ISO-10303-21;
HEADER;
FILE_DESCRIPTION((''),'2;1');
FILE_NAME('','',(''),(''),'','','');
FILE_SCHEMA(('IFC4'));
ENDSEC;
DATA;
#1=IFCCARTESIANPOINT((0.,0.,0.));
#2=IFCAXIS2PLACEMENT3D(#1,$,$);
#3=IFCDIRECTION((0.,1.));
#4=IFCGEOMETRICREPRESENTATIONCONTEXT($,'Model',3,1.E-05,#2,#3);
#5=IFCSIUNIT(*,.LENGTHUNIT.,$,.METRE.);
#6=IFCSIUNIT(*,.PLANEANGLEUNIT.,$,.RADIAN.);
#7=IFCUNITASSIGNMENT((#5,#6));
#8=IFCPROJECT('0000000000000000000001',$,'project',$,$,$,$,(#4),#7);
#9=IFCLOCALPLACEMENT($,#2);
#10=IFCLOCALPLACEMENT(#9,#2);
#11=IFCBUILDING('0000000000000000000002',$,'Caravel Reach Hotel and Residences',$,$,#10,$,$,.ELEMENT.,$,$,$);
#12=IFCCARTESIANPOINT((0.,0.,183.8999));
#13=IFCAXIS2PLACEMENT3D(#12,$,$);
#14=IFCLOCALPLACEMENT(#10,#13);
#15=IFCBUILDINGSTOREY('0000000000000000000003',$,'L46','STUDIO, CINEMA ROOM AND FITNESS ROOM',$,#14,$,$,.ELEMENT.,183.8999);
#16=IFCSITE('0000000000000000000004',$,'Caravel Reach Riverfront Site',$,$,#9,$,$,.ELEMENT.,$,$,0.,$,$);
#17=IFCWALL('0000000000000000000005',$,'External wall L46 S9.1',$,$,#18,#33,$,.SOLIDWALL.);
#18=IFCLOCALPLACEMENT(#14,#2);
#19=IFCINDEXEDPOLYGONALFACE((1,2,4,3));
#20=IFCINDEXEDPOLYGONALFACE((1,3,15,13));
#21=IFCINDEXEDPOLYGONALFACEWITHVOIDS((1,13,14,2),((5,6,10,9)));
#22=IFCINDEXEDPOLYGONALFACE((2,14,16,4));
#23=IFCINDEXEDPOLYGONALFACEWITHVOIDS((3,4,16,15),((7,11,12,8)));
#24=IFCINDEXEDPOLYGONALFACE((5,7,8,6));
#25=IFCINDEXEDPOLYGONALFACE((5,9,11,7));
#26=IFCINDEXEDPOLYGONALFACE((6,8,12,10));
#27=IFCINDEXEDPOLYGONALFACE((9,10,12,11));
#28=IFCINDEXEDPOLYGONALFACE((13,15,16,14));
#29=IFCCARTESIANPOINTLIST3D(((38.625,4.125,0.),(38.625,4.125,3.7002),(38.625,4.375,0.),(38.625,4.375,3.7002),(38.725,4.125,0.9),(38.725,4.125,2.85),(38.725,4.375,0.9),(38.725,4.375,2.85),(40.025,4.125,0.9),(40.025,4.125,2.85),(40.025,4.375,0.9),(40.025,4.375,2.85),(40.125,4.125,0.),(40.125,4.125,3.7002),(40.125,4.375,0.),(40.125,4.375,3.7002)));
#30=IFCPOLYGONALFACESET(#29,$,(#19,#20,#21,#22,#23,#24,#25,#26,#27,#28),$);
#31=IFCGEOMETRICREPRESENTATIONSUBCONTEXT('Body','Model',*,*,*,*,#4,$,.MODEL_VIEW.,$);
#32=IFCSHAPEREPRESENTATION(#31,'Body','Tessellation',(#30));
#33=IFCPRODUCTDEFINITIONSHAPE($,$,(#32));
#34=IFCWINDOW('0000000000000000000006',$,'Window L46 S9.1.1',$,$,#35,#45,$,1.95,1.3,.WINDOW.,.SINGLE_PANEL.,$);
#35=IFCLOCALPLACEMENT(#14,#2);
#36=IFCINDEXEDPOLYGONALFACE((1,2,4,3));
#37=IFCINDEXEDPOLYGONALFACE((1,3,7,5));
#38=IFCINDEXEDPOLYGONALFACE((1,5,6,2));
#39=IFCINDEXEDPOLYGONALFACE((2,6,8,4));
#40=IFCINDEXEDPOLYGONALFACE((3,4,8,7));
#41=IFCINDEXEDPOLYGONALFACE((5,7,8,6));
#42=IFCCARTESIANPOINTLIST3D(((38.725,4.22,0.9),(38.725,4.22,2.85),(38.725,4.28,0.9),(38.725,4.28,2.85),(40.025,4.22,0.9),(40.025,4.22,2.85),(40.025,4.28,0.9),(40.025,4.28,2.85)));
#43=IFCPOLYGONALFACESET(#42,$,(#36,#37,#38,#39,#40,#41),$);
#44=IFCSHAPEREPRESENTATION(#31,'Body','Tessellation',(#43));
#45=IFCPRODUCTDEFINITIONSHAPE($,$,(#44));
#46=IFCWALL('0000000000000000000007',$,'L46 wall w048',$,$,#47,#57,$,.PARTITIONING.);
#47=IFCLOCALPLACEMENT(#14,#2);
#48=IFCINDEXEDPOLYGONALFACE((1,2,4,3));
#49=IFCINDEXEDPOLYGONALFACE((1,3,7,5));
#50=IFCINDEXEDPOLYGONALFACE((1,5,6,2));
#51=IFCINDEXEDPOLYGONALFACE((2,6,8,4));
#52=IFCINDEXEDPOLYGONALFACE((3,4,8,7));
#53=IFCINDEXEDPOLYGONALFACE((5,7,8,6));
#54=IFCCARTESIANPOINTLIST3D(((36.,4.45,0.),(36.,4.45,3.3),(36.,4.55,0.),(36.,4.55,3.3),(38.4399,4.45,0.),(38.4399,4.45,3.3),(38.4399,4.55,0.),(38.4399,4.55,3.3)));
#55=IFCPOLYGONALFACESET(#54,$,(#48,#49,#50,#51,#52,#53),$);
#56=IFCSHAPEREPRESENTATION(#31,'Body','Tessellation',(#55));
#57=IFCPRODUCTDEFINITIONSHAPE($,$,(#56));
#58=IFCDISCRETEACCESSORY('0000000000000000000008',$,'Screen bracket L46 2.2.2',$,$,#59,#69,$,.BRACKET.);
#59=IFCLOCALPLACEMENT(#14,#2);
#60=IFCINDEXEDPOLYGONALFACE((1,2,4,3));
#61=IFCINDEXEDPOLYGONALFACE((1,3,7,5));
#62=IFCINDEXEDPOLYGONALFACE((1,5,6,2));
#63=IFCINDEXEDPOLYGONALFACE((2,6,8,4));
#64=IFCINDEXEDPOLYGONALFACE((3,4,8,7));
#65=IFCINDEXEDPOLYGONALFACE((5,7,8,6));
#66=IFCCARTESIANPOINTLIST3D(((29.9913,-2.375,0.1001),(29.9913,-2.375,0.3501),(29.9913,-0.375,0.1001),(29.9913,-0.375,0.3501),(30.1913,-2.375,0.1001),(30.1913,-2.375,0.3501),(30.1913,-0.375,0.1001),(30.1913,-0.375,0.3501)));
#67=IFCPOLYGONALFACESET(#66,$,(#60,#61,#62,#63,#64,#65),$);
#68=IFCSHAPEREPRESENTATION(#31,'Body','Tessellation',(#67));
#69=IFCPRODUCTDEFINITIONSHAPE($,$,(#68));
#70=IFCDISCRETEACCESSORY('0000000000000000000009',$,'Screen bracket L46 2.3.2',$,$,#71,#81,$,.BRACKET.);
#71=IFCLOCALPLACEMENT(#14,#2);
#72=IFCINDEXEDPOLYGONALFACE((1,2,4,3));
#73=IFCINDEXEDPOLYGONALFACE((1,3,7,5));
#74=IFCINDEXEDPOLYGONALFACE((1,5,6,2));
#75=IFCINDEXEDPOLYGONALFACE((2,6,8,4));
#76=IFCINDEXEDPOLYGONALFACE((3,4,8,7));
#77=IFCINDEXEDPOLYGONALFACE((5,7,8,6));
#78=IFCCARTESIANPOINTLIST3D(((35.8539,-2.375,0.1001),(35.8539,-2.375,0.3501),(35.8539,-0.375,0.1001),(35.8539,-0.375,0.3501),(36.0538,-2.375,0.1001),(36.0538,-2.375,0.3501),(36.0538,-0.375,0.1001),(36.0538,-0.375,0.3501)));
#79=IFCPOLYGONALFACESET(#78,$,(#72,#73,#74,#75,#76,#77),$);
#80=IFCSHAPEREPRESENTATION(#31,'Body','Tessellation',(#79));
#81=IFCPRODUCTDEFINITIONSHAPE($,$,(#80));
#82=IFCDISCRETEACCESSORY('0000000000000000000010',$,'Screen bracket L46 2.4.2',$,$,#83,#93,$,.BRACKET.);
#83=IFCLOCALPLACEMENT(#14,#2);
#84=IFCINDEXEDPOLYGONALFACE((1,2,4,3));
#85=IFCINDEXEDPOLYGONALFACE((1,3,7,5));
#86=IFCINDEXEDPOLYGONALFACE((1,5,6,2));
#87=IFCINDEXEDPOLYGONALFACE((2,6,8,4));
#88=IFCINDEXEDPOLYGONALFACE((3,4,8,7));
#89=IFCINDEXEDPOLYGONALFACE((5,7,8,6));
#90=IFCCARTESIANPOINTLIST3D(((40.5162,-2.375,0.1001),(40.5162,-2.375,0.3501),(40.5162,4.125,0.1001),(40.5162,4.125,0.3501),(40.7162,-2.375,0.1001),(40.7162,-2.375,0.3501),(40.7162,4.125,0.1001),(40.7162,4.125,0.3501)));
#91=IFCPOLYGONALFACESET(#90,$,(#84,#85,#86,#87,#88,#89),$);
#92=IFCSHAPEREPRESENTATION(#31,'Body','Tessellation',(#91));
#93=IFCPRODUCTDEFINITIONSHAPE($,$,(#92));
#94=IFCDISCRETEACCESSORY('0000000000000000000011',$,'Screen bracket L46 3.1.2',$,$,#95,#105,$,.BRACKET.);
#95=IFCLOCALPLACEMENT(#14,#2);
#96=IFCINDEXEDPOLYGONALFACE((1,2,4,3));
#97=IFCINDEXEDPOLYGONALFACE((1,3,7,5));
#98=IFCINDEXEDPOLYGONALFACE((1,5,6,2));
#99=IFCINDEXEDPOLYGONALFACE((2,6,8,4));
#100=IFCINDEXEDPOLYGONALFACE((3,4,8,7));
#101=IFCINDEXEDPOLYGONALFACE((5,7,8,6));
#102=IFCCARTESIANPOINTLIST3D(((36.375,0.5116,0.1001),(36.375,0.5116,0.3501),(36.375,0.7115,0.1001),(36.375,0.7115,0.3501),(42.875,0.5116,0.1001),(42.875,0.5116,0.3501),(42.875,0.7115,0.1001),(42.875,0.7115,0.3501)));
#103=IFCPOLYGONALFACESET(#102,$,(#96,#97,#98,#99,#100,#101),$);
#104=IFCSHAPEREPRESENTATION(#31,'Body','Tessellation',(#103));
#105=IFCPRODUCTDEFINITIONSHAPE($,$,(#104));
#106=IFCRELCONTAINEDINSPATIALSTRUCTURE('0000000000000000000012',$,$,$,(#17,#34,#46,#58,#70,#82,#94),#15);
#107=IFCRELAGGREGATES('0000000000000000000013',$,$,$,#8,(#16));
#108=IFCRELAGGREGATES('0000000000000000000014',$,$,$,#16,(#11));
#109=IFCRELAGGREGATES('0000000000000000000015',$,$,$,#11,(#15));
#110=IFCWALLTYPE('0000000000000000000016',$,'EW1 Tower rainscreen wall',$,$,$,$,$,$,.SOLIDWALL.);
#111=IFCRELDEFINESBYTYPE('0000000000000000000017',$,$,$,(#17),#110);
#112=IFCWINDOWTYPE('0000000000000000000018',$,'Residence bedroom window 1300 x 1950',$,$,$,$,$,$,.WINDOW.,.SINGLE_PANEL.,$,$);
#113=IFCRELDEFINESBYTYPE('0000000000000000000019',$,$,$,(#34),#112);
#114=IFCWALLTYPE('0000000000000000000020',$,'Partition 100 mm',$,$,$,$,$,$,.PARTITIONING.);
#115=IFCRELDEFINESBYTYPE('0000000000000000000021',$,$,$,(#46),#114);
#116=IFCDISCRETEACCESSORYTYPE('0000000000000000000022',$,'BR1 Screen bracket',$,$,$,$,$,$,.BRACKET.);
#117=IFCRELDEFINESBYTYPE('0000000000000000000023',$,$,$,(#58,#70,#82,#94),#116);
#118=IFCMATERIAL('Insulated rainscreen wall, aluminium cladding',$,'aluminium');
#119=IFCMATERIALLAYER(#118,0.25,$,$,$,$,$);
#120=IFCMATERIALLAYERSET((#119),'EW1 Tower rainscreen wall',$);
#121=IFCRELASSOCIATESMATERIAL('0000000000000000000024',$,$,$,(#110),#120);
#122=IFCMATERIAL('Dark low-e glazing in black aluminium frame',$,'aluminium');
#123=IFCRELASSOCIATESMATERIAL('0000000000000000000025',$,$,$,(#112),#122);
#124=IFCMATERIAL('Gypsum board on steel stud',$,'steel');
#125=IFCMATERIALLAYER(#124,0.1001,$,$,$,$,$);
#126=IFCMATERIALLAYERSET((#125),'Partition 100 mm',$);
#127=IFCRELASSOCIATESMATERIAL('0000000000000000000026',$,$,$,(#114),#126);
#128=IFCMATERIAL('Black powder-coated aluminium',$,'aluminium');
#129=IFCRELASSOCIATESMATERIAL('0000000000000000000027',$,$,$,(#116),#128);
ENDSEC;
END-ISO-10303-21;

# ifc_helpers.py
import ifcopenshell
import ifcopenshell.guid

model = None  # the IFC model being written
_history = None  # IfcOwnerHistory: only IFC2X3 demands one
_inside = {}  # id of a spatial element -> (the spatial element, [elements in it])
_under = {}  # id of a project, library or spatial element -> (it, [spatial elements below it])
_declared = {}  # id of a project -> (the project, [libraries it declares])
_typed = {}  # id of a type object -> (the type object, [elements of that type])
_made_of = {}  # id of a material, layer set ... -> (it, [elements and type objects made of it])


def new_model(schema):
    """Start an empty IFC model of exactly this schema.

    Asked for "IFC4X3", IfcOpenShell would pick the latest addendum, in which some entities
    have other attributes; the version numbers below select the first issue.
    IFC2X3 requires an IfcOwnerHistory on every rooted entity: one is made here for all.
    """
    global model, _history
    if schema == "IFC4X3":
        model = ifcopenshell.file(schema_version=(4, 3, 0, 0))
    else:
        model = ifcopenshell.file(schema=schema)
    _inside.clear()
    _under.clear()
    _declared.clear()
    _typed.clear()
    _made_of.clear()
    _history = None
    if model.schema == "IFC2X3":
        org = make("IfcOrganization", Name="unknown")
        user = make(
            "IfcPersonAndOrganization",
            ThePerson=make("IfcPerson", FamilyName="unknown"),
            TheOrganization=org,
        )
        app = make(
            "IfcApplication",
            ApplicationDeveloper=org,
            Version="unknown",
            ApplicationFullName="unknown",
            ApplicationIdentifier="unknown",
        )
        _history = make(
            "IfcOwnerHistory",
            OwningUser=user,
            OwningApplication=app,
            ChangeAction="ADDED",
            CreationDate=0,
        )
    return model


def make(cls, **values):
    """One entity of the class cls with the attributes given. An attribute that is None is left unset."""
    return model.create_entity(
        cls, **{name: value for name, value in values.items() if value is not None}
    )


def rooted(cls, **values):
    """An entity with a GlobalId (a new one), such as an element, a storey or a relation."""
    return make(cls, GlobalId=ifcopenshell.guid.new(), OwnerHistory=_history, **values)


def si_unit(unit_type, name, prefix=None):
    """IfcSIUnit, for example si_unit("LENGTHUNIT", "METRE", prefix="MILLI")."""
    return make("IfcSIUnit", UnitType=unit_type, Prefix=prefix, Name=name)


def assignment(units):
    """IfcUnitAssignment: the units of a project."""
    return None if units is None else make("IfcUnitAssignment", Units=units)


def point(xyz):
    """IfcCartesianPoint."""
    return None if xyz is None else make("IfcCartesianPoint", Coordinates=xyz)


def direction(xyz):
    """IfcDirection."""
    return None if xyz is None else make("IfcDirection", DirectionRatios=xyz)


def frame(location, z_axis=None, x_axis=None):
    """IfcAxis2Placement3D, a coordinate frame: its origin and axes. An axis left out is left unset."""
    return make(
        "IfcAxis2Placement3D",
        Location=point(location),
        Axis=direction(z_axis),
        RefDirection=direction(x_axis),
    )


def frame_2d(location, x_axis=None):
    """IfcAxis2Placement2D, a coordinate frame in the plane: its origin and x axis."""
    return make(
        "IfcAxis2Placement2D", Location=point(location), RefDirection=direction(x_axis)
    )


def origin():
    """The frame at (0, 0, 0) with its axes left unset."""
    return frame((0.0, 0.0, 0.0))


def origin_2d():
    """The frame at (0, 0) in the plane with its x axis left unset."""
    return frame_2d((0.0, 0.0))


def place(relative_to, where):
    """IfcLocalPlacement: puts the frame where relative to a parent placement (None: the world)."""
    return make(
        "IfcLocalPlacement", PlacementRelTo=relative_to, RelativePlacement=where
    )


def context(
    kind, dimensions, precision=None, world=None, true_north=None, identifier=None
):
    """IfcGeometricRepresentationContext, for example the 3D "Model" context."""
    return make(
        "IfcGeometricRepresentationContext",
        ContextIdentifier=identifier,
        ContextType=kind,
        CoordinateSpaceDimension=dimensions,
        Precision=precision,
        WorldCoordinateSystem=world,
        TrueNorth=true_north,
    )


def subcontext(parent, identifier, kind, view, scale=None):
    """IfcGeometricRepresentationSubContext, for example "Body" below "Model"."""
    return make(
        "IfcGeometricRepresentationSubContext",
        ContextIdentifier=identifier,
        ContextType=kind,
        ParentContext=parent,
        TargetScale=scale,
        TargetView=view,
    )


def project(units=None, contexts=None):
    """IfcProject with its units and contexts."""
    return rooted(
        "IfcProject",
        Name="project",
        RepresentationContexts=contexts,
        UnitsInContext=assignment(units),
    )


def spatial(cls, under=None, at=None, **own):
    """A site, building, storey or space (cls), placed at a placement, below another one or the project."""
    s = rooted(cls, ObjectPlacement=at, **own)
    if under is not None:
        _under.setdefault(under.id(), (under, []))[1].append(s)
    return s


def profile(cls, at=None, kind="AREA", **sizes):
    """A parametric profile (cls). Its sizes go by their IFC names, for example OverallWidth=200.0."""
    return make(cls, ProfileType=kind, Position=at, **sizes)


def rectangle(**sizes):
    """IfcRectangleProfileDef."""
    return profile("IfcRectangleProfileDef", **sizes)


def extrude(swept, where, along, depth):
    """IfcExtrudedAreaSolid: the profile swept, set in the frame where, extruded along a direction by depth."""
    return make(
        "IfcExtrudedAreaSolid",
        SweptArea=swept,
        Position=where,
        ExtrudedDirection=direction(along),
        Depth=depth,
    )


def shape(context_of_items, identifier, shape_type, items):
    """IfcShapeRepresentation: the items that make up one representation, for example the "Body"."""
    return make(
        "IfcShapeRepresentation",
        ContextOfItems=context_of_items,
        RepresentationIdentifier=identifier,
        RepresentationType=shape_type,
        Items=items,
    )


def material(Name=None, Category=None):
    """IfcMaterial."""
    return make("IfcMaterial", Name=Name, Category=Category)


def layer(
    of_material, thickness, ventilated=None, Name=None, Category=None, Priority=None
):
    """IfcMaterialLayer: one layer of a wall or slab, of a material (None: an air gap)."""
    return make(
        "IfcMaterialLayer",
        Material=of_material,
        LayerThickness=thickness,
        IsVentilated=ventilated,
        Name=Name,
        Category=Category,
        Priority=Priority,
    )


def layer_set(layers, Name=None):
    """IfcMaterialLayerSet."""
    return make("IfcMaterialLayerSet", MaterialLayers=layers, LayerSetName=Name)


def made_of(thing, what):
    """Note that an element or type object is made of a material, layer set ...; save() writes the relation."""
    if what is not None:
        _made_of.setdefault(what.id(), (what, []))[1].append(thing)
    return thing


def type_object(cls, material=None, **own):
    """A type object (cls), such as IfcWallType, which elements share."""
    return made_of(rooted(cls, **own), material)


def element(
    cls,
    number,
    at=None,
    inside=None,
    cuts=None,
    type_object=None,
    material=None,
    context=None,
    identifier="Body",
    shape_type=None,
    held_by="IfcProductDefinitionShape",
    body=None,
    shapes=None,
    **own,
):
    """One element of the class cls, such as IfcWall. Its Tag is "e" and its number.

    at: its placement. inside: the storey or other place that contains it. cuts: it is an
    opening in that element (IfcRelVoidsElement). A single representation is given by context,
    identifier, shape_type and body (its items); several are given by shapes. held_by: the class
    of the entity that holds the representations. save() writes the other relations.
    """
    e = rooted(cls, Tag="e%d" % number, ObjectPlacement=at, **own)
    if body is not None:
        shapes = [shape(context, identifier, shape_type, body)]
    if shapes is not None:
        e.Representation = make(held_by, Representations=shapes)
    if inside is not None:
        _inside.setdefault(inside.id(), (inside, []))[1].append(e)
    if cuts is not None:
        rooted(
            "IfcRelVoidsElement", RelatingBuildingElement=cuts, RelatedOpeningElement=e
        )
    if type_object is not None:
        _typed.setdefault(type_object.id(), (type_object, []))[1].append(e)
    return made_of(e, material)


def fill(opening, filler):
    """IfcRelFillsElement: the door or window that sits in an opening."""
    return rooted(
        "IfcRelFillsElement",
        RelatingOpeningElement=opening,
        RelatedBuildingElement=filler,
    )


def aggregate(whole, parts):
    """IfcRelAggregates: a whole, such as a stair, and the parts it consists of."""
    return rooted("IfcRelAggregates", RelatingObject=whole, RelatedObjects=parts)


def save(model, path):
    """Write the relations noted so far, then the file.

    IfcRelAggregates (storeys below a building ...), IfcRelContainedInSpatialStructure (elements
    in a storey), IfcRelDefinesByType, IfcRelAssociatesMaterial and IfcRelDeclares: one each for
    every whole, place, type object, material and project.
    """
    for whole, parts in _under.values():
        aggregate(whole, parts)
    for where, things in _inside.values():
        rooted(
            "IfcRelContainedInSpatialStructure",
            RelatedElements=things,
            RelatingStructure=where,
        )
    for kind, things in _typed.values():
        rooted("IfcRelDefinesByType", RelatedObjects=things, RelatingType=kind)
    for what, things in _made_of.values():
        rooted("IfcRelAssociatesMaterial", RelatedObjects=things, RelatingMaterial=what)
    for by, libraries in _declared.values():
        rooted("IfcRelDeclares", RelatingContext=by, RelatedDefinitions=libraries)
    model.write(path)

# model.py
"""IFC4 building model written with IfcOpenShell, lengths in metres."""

from ifc_helpers import new_model, si_unit, direction, frame, frame_2d, origin, origin_2d, place, context, subcontext, project, spatial, rectangle, extrude, material, layer, layer_set, type_object, element, fill, save


model = new_model("IFC4")

# Units and contexts
model_context = context("Model", 3, precision=1e-05, world=origin(), true_north=direction((0.0, 1.0)))
body_context = subcontext(model_context, "Body", "Model", "MODEL_VIEW")
ifc_project = project(units=[si_unit("LENGTHUNIT", "METRE"), si_unit("PLANEANGLEUNIT", "RADIAN")], contexts=[model_context])

# Site, building, storey
site_placement = place(None, origin())
site = spatial("IfcSite", under=ifc_project, at=site_placement, Name="Caravel Reach Riverfront Site", CompositionType="ELEMENT", RefElevation=0.0)
building_placement = place(site_placement, origin())
building = spatial("IfcBuilding", under=site, at=building_placement, Name="Caravel Reach Hotel and Residences", CompositionType="ELEMENT")
storey_placement = place(building_placement, frame((0.0, 0.0, 183.8999)))
storey = spatial("IfcBuildingStorey", under=building, at=storey_placement, Name="L46", Description="STUDIO, CINEMA ROOM AND FITNESS ROOM", CompositionType="ELEMENT", Elevation=183.8999)

# Shared definitions
ifc_material_1 = material(Name="Insulated rainscreen wall, aluminium cladding", Category="aluminium")
ifc_layer_1 = layer(ifc_material_1, 0.25)
ifc_layer_set_1 = layer_set([ifc_layer_1], Name="EW1 Tower rainscreen wall")
wall_type_1 = type_object("IfcWallType", Name="EW1 Tower rainscreen wall", PredefinedType="SOLIDWALL", material=ifc_layer_set_1)

# Wall, opening, window
ifc_material_2 = material(Name="Dark low-e glazing in black aluminium frame", Category="aluminium")
window_type_1 = type_object("IfcWindowType", Name="Residence bedroom window 1300 x 1950", PartitioningType="SINGLE_PANEL", PredefinedType="WINDOW", material=ifc_material_2)
wall_1_placement = place(storey_placement, frame((38.625, 4.25, 0.0), z_axis=(0.0, 0.0, 1.0), x_axis=(1.0, 0.0, 0.0)))
wall_1 = element("IfcWall", 1, at=wall_1_placement, inside=storey, type_object=wall_type_1, Name="External wall L46 S9.1", PredefinedType="SOLIDWALL", context=body_context, shape_type="SweptSolid", body=[
    extrude(rectangle(XDim=1.5, YDim=0.25, at=frame_2d((0.75, 0.0))), origin(), (0.0, 0.0, 1.0), 3.7002),
])
opening_1_placement = place(wall_1_placement, frame((0.1001, 0.0, 0.8999)))
opening_1 = element("IfcOpeningElement", 2, at=opening_1_placement, cuts=wall_1, PredefinedType="OPENING", context=body_context, shape_type="SweptSolid", body=[
    extrude(rectangle(XDim=1.3, YDim=1.95, at=frame_2d((0.6499, 0.9751))), frame((0.0, 0.135, 0.0), z_axis=(0.0, -1.0, 0.0), x_axis=(1.0, 0.0, 0.0)), (0.0, 0.0, 1.0), 0.27),
])
window_1_placement = place(opening_1_placement, origin())
window_1 = element("IfcWindow", 3, at=window_1_placement, inside=storey, type_object=window_type_1, Name="Window L46 S9.1.1", OverallHeight=1.95, OverallWidth=1.3, PartitioningType="SINGLE_PANEL", PredefinedType="WINDOW", context=body_context, shape_type="SweptSolid", body=[
    extrude(rectangle(XDim=1.3, YDim=1.95, at=frame_2d((0.6499, 0.9751))), frame((0.0, 0.03, 0.0), z_axis=(0.0, -1.0, 0.0), x_axis=(1.0, 0.0, 0.0)), (0.0, 0.0, 1.0), 0.0601),
])
fill(opening_1, window_1)

# Wall
ifc_material_3 = material(Name="Gypsum board on steel stud", Category="steel")
ifc_layer_2 = layer(ifc_material_3, 0.1001)
ifc_layer_set_2 = layer_set([ifc_layer_2], Name="Partition 100 mm")
wall_type_2 = type_object("IfcWallType", Name="Partition 100 mm", PredefinedType="PARTITIONING", material=ifc_layer_set_2)
wall_2_placement = place(storey_placement, frame((36.0, 4.5, 0.0), z_axis=(0.0, 0.0, 1.0), x_axis=(1.0, 0.0, 0.0)))
element("IfcWall", 4, at=wall_2_placement, inside=storey, type_object=wall_type_2, Name="L46 wall w048", PredefinedType="PARTITIONING", context=body_context, shape_type="SweptSolid", body=[
    extrude(rectangle(XDim=2.4399, YDim=0.1001, at=frame_2d((1.22, 0.0))), origin(), (0.0, 0.0, 1.0), 3.3),
])

# Discrete accessories
ifc_material_4 = material(Name="Black powder-coated aluminium", Category="aluminium")
discrete_accessory_type = type_object("IfcDiscreteAccessoryType", Name="BR1 Screen bracket", PredefinedType="BRACKET", material=ifc_material_4)
for number, where, z_axis, x_axis, name in (
    (5, (30.0913, -1.375, 0.1001), (0.0, 0.0, 1.0), (0.0, -1.0, 0.0), "Screen bracket L46 2.2.2"),
    (6, (35.9539, -1.375, 0.1001), (0.0, 0.0, 1.0), (0.0, -1.0, 0.0), "Screen bracket L46 2.3.2"),
):
    element("IfcDiscreteAccessory", number, at=place(storey_placement, frame(where, z_axis=z_axis, x_axis=x_axis)), inside=storey, type_object=discrete_accessory_type, Name=name, PredefinedType="BRACKET", context=body_context, shape_type="SweptSolid", body=[
        extrude(rectangle(XDim=2.0, YDim=0.2, at=origin_2d()), origin(), (0.0, 0.0, 1.0), 0.25),
    ])
for number, where, z_axis, x_axis, name in (
    (7, (40.6162, 0.875, 0.1001), (0.0, 0.0, 1.0), (0.0, -1.0, 0.0), "Screen bracket L46 2.4.2"),
    (8, (39.625, 0.6116, 0.1001), (0.0, 0.0, 1.0), (1.0, 0.0, 0.0), "Screen bracket L46 3.1.2"),
):
    element("IfcDiscreteAccessory", number, at=place(storey_placement, frame(where, z_axis=z_axis, x_axis=x_axis)), inside=storey, type_object=discrete_accessory_type, Name=name, PredefinedType="BRACKET", context=body_context, shape_type="SweptSolid", body=[
        extrude(rectangle(XDim=6.5, YDim=0.2, at=origin_2d()), origin(), (0.0, 0.0, 1.0), 0.25),
    ])

save(model, "model.ifc")
